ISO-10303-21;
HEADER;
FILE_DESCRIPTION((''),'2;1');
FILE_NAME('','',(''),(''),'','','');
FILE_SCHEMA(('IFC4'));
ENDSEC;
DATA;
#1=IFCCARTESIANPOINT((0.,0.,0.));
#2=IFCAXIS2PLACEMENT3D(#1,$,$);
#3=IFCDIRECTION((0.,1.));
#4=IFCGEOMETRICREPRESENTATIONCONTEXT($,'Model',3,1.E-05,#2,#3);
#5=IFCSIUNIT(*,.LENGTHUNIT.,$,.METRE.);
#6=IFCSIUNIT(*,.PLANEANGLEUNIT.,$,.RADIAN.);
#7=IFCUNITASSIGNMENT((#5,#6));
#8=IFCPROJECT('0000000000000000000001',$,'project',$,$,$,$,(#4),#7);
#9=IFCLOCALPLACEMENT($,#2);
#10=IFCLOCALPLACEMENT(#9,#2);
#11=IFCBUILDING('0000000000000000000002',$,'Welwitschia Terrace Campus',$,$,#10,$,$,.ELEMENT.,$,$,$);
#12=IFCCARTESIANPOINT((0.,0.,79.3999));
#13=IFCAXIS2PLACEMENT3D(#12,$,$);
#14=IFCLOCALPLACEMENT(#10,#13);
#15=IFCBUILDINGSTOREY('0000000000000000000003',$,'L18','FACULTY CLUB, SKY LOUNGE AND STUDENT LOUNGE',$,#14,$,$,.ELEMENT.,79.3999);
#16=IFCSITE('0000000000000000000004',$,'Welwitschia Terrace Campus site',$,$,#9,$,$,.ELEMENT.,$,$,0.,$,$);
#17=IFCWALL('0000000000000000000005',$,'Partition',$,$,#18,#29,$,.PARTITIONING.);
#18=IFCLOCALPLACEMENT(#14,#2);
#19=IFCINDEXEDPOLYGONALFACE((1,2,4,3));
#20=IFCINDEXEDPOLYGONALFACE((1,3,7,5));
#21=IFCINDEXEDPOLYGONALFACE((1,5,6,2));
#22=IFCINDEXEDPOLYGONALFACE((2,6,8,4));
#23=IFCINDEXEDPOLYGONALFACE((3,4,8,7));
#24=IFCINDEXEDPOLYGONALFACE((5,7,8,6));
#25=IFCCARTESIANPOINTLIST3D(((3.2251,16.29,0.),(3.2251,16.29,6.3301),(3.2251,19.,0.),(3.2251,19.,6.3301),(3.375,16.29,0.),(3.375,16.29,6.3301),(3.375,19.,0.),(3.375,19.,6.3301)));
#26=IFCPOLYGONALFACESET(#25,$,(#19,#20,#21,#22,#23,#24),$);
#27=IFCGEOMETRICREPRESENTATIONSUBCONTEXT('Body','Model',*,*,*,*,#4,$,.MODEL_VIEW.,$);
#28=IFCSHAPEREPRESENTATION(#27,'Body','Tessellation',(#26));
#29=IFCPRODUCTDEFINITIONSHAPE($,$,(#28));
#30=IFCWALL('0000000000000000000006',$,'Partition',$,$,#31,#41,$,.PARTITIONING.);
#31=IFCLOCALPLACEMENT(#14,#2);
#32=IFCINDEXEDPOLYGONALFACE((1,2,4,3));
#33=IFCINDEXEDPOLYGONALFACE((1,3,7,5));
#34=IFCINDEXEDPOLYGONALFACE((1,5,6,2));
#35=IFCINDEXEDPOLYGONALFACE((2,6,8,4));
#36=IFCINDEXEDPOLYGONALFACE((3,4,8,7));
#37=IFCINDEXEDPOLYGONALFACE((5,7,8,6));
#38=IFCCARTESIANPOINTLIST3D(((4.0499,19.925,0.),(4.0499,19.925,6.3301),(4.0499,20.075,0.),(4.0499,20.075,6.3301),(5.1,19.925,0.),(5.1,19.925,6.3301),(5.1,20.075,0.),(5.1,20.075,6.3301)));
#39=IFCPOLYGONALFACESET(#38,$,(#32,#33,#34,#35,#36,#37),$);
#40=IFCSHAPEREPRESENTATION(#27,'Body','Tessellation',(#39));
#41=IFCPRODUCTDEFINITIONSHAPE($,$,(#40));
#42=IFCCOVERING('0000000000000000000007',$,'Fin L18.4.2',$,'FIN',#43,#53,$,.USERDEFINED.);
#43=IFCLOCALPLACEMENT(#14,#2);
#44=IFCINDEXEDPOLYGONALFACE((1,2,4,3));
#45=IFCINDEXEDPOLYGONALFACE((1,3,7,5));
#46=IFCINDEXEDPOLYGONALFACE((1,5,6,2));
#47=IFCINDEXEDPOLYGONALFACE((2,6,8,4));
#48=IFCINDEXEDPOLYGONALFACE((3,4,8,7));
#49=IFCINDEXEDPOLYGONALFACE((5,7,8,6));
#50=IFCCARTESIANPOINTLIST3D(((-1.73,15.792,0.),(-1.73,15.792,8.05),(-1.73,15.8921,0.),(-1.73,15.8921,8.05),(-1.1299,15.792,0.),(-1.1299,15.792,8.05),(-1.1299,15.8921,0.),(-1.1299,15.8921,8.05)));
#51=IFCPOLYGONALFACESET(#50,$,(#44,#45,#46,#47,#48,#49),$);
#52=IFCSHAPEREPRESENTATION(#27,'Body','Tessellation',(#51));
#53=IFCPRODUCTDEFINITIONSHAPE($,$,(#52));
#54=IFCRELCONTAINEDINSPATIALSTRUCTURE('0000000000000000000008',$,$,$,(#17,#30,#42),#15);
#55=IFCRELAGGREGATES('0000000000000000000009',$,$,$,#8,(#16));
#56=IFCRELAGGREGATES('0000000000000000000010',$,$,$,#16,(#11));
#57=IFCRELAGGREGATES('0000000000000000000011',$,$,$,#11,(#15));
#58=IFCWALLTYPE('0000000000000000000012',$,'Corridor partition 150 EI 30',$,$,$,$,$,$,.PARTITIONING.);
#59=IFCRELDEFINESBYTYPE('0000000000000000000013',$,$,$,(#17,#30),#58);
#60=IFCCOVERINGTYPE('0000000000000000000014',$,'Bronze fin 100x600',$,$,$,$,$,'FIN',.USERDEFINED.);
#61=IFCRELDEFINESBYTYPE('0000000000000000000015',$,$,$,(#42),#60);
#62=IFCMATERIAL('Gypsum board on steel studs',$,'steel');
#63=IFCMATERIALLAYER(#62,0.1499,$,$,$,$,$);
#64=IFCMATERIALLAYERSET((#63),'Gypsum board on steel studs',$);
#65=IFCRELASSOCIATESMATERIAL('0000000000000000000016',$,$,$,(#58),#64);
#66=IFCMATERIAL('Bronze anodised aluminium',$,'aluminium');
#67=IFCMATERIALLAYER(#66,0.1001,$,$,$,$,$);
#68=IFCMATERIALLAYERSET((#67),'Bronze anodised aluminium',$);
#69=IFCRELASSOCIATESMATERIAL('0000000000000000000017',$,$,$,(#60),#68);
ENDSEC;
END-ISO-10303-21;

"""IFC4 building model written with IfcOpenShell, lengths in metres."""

from ifc_helpers import new_model, si_unit, direction, frame, frame_2d, origin, origin_2d, place, context, subcontext, project, spatial, rectangle, extrude, material, layer, layer_set, type_object, element, save


model = new_model("IFC4")

# Units and contexts
model_context = context("Model", 3, precision=1e-05, world=origin(), true_north=direction((0.0, 1.0)))
body_context = subcontext(model_context, "Body", "Model", "MODEL_VIEW")
ifc_project = project(units=[si_unit("LENGTHUNIT", "METRE"), si_unit("PLANEANGLEUNIT", "RADIAN")], contexts=[model_context])

# Site, building, storey
site_placement = place(None, origin())
site = spatial("IfcSite", under=ifc_project, at=site_placement, Name="Welwitschia Terrace Campus site", CompositionType="ELEMENT", RefElevation=0.0)
building_placement = place(site_placement, origin())
building = spatial("IfcBuilding", under=site, at=building_placement, Name="Welwitschia Terrace Campus", CompositionType="ELEMENT")
storey_placement = place(building_placement, frame((0.0, 0.0, 79.3999)))
storey = spatial("IfcBuildingStorey", under=building, at=storey_placement, Name="L18", Description="FACULTY CLUB, SKY LOUNGE AND STUDENT LOUNGE", CompositionType="ELEMENT", Elevation=79.3999)

# Shared definitions
ifc_material_1 = material(Name="Gypsum board on steel studs", Category="steel")
ifc_layer_1 = layer(ifc_material_1, 0.1499)
ifc_layer_set_1 = layer_set([ifc_layer_1], Name="Gypsum board on steel studs")
wall_type_1 = type_object("IfcWallType", Name="Corridor partition 150 EI 30", PredefinedType="PARTITIONING", material=ifc_layer_set_1)

# Walls
wall_1_placement = place(storey_placement, frame((3.3, 16.29, 0.0), z_axis=(0.0, 0.0, 1.0), x_axis=(0.0, 1.0, 0.0)))
element("IfcWall", 1, at=wall_1_placement, inside=storey, type_object=wall_type_1, Name="Partition", PredefinedType="PARTITIONING", context=body_context, shape_type="SweptSolid", body=[
    extrude(rectangle(XDim=2.71, YDim=0.1499, at=frame_2d((1.355, 0.0))), origin(), (0.0, 0.0, 1.0), 6.3301),
])
wall_2_placement = place(storey_placement, frame((4.05, 20.0, 0.0), z_axis=(0.0, 0.0, 1.0), x_axis=(1.0, 0.0, 0.0)))
element("IfcWall", 2, at=wall_2_placement, inside=storey, type_object=wall_type_1, Name="Partition", PredefinedType="PARTITIONING", context=body_context, shape_type="SweptSolid", body=[
    extrude(rectangle(XDim=1.05, YDim=0.1499, at=frame_2d((0.5249, 0.0))), origin(), (0.0, 0.0, 1.0), 6.3301),
])

# Covering
ifc_material_2 = material(Name="Bronze anodised aluminium", Category="aluminium")
ifc_layer_2 = layer(ifc_material_2, 0.1001)
ifc_layer_set_2 = layer_set([ifc_layer_2], Name="Bronze anodised aluminium")
covering_type = type_object("IfcCoveringType", Name="Bronze fin 100x600", ElementType="FIN", PredefinedType="USERDEFINED", material=ifc_layer_set_2)
covering_placement = place(storey_placement, frame((-1.4299, 15.842, 0.0), z_axis=(0.0, 0.0, 1.0), x_axis=(0.0, -1.0, 0.0)))
element("IfcCovering", 3, at=covering_placement, inside=storey, type_object=covering_type, Name="Fin L18.4.2", ObjectType="FIN", PredefinedType="USERDEFINED", context=body_context, shape_type="SweptSolid", body=[
    extrude(rectangle(XDim=0.1001, YDim=0.6001, at=origin_2d()), origin(), (0.0, 0.0, 1.0), 8.05),
])

save(model, "model.ifc")
